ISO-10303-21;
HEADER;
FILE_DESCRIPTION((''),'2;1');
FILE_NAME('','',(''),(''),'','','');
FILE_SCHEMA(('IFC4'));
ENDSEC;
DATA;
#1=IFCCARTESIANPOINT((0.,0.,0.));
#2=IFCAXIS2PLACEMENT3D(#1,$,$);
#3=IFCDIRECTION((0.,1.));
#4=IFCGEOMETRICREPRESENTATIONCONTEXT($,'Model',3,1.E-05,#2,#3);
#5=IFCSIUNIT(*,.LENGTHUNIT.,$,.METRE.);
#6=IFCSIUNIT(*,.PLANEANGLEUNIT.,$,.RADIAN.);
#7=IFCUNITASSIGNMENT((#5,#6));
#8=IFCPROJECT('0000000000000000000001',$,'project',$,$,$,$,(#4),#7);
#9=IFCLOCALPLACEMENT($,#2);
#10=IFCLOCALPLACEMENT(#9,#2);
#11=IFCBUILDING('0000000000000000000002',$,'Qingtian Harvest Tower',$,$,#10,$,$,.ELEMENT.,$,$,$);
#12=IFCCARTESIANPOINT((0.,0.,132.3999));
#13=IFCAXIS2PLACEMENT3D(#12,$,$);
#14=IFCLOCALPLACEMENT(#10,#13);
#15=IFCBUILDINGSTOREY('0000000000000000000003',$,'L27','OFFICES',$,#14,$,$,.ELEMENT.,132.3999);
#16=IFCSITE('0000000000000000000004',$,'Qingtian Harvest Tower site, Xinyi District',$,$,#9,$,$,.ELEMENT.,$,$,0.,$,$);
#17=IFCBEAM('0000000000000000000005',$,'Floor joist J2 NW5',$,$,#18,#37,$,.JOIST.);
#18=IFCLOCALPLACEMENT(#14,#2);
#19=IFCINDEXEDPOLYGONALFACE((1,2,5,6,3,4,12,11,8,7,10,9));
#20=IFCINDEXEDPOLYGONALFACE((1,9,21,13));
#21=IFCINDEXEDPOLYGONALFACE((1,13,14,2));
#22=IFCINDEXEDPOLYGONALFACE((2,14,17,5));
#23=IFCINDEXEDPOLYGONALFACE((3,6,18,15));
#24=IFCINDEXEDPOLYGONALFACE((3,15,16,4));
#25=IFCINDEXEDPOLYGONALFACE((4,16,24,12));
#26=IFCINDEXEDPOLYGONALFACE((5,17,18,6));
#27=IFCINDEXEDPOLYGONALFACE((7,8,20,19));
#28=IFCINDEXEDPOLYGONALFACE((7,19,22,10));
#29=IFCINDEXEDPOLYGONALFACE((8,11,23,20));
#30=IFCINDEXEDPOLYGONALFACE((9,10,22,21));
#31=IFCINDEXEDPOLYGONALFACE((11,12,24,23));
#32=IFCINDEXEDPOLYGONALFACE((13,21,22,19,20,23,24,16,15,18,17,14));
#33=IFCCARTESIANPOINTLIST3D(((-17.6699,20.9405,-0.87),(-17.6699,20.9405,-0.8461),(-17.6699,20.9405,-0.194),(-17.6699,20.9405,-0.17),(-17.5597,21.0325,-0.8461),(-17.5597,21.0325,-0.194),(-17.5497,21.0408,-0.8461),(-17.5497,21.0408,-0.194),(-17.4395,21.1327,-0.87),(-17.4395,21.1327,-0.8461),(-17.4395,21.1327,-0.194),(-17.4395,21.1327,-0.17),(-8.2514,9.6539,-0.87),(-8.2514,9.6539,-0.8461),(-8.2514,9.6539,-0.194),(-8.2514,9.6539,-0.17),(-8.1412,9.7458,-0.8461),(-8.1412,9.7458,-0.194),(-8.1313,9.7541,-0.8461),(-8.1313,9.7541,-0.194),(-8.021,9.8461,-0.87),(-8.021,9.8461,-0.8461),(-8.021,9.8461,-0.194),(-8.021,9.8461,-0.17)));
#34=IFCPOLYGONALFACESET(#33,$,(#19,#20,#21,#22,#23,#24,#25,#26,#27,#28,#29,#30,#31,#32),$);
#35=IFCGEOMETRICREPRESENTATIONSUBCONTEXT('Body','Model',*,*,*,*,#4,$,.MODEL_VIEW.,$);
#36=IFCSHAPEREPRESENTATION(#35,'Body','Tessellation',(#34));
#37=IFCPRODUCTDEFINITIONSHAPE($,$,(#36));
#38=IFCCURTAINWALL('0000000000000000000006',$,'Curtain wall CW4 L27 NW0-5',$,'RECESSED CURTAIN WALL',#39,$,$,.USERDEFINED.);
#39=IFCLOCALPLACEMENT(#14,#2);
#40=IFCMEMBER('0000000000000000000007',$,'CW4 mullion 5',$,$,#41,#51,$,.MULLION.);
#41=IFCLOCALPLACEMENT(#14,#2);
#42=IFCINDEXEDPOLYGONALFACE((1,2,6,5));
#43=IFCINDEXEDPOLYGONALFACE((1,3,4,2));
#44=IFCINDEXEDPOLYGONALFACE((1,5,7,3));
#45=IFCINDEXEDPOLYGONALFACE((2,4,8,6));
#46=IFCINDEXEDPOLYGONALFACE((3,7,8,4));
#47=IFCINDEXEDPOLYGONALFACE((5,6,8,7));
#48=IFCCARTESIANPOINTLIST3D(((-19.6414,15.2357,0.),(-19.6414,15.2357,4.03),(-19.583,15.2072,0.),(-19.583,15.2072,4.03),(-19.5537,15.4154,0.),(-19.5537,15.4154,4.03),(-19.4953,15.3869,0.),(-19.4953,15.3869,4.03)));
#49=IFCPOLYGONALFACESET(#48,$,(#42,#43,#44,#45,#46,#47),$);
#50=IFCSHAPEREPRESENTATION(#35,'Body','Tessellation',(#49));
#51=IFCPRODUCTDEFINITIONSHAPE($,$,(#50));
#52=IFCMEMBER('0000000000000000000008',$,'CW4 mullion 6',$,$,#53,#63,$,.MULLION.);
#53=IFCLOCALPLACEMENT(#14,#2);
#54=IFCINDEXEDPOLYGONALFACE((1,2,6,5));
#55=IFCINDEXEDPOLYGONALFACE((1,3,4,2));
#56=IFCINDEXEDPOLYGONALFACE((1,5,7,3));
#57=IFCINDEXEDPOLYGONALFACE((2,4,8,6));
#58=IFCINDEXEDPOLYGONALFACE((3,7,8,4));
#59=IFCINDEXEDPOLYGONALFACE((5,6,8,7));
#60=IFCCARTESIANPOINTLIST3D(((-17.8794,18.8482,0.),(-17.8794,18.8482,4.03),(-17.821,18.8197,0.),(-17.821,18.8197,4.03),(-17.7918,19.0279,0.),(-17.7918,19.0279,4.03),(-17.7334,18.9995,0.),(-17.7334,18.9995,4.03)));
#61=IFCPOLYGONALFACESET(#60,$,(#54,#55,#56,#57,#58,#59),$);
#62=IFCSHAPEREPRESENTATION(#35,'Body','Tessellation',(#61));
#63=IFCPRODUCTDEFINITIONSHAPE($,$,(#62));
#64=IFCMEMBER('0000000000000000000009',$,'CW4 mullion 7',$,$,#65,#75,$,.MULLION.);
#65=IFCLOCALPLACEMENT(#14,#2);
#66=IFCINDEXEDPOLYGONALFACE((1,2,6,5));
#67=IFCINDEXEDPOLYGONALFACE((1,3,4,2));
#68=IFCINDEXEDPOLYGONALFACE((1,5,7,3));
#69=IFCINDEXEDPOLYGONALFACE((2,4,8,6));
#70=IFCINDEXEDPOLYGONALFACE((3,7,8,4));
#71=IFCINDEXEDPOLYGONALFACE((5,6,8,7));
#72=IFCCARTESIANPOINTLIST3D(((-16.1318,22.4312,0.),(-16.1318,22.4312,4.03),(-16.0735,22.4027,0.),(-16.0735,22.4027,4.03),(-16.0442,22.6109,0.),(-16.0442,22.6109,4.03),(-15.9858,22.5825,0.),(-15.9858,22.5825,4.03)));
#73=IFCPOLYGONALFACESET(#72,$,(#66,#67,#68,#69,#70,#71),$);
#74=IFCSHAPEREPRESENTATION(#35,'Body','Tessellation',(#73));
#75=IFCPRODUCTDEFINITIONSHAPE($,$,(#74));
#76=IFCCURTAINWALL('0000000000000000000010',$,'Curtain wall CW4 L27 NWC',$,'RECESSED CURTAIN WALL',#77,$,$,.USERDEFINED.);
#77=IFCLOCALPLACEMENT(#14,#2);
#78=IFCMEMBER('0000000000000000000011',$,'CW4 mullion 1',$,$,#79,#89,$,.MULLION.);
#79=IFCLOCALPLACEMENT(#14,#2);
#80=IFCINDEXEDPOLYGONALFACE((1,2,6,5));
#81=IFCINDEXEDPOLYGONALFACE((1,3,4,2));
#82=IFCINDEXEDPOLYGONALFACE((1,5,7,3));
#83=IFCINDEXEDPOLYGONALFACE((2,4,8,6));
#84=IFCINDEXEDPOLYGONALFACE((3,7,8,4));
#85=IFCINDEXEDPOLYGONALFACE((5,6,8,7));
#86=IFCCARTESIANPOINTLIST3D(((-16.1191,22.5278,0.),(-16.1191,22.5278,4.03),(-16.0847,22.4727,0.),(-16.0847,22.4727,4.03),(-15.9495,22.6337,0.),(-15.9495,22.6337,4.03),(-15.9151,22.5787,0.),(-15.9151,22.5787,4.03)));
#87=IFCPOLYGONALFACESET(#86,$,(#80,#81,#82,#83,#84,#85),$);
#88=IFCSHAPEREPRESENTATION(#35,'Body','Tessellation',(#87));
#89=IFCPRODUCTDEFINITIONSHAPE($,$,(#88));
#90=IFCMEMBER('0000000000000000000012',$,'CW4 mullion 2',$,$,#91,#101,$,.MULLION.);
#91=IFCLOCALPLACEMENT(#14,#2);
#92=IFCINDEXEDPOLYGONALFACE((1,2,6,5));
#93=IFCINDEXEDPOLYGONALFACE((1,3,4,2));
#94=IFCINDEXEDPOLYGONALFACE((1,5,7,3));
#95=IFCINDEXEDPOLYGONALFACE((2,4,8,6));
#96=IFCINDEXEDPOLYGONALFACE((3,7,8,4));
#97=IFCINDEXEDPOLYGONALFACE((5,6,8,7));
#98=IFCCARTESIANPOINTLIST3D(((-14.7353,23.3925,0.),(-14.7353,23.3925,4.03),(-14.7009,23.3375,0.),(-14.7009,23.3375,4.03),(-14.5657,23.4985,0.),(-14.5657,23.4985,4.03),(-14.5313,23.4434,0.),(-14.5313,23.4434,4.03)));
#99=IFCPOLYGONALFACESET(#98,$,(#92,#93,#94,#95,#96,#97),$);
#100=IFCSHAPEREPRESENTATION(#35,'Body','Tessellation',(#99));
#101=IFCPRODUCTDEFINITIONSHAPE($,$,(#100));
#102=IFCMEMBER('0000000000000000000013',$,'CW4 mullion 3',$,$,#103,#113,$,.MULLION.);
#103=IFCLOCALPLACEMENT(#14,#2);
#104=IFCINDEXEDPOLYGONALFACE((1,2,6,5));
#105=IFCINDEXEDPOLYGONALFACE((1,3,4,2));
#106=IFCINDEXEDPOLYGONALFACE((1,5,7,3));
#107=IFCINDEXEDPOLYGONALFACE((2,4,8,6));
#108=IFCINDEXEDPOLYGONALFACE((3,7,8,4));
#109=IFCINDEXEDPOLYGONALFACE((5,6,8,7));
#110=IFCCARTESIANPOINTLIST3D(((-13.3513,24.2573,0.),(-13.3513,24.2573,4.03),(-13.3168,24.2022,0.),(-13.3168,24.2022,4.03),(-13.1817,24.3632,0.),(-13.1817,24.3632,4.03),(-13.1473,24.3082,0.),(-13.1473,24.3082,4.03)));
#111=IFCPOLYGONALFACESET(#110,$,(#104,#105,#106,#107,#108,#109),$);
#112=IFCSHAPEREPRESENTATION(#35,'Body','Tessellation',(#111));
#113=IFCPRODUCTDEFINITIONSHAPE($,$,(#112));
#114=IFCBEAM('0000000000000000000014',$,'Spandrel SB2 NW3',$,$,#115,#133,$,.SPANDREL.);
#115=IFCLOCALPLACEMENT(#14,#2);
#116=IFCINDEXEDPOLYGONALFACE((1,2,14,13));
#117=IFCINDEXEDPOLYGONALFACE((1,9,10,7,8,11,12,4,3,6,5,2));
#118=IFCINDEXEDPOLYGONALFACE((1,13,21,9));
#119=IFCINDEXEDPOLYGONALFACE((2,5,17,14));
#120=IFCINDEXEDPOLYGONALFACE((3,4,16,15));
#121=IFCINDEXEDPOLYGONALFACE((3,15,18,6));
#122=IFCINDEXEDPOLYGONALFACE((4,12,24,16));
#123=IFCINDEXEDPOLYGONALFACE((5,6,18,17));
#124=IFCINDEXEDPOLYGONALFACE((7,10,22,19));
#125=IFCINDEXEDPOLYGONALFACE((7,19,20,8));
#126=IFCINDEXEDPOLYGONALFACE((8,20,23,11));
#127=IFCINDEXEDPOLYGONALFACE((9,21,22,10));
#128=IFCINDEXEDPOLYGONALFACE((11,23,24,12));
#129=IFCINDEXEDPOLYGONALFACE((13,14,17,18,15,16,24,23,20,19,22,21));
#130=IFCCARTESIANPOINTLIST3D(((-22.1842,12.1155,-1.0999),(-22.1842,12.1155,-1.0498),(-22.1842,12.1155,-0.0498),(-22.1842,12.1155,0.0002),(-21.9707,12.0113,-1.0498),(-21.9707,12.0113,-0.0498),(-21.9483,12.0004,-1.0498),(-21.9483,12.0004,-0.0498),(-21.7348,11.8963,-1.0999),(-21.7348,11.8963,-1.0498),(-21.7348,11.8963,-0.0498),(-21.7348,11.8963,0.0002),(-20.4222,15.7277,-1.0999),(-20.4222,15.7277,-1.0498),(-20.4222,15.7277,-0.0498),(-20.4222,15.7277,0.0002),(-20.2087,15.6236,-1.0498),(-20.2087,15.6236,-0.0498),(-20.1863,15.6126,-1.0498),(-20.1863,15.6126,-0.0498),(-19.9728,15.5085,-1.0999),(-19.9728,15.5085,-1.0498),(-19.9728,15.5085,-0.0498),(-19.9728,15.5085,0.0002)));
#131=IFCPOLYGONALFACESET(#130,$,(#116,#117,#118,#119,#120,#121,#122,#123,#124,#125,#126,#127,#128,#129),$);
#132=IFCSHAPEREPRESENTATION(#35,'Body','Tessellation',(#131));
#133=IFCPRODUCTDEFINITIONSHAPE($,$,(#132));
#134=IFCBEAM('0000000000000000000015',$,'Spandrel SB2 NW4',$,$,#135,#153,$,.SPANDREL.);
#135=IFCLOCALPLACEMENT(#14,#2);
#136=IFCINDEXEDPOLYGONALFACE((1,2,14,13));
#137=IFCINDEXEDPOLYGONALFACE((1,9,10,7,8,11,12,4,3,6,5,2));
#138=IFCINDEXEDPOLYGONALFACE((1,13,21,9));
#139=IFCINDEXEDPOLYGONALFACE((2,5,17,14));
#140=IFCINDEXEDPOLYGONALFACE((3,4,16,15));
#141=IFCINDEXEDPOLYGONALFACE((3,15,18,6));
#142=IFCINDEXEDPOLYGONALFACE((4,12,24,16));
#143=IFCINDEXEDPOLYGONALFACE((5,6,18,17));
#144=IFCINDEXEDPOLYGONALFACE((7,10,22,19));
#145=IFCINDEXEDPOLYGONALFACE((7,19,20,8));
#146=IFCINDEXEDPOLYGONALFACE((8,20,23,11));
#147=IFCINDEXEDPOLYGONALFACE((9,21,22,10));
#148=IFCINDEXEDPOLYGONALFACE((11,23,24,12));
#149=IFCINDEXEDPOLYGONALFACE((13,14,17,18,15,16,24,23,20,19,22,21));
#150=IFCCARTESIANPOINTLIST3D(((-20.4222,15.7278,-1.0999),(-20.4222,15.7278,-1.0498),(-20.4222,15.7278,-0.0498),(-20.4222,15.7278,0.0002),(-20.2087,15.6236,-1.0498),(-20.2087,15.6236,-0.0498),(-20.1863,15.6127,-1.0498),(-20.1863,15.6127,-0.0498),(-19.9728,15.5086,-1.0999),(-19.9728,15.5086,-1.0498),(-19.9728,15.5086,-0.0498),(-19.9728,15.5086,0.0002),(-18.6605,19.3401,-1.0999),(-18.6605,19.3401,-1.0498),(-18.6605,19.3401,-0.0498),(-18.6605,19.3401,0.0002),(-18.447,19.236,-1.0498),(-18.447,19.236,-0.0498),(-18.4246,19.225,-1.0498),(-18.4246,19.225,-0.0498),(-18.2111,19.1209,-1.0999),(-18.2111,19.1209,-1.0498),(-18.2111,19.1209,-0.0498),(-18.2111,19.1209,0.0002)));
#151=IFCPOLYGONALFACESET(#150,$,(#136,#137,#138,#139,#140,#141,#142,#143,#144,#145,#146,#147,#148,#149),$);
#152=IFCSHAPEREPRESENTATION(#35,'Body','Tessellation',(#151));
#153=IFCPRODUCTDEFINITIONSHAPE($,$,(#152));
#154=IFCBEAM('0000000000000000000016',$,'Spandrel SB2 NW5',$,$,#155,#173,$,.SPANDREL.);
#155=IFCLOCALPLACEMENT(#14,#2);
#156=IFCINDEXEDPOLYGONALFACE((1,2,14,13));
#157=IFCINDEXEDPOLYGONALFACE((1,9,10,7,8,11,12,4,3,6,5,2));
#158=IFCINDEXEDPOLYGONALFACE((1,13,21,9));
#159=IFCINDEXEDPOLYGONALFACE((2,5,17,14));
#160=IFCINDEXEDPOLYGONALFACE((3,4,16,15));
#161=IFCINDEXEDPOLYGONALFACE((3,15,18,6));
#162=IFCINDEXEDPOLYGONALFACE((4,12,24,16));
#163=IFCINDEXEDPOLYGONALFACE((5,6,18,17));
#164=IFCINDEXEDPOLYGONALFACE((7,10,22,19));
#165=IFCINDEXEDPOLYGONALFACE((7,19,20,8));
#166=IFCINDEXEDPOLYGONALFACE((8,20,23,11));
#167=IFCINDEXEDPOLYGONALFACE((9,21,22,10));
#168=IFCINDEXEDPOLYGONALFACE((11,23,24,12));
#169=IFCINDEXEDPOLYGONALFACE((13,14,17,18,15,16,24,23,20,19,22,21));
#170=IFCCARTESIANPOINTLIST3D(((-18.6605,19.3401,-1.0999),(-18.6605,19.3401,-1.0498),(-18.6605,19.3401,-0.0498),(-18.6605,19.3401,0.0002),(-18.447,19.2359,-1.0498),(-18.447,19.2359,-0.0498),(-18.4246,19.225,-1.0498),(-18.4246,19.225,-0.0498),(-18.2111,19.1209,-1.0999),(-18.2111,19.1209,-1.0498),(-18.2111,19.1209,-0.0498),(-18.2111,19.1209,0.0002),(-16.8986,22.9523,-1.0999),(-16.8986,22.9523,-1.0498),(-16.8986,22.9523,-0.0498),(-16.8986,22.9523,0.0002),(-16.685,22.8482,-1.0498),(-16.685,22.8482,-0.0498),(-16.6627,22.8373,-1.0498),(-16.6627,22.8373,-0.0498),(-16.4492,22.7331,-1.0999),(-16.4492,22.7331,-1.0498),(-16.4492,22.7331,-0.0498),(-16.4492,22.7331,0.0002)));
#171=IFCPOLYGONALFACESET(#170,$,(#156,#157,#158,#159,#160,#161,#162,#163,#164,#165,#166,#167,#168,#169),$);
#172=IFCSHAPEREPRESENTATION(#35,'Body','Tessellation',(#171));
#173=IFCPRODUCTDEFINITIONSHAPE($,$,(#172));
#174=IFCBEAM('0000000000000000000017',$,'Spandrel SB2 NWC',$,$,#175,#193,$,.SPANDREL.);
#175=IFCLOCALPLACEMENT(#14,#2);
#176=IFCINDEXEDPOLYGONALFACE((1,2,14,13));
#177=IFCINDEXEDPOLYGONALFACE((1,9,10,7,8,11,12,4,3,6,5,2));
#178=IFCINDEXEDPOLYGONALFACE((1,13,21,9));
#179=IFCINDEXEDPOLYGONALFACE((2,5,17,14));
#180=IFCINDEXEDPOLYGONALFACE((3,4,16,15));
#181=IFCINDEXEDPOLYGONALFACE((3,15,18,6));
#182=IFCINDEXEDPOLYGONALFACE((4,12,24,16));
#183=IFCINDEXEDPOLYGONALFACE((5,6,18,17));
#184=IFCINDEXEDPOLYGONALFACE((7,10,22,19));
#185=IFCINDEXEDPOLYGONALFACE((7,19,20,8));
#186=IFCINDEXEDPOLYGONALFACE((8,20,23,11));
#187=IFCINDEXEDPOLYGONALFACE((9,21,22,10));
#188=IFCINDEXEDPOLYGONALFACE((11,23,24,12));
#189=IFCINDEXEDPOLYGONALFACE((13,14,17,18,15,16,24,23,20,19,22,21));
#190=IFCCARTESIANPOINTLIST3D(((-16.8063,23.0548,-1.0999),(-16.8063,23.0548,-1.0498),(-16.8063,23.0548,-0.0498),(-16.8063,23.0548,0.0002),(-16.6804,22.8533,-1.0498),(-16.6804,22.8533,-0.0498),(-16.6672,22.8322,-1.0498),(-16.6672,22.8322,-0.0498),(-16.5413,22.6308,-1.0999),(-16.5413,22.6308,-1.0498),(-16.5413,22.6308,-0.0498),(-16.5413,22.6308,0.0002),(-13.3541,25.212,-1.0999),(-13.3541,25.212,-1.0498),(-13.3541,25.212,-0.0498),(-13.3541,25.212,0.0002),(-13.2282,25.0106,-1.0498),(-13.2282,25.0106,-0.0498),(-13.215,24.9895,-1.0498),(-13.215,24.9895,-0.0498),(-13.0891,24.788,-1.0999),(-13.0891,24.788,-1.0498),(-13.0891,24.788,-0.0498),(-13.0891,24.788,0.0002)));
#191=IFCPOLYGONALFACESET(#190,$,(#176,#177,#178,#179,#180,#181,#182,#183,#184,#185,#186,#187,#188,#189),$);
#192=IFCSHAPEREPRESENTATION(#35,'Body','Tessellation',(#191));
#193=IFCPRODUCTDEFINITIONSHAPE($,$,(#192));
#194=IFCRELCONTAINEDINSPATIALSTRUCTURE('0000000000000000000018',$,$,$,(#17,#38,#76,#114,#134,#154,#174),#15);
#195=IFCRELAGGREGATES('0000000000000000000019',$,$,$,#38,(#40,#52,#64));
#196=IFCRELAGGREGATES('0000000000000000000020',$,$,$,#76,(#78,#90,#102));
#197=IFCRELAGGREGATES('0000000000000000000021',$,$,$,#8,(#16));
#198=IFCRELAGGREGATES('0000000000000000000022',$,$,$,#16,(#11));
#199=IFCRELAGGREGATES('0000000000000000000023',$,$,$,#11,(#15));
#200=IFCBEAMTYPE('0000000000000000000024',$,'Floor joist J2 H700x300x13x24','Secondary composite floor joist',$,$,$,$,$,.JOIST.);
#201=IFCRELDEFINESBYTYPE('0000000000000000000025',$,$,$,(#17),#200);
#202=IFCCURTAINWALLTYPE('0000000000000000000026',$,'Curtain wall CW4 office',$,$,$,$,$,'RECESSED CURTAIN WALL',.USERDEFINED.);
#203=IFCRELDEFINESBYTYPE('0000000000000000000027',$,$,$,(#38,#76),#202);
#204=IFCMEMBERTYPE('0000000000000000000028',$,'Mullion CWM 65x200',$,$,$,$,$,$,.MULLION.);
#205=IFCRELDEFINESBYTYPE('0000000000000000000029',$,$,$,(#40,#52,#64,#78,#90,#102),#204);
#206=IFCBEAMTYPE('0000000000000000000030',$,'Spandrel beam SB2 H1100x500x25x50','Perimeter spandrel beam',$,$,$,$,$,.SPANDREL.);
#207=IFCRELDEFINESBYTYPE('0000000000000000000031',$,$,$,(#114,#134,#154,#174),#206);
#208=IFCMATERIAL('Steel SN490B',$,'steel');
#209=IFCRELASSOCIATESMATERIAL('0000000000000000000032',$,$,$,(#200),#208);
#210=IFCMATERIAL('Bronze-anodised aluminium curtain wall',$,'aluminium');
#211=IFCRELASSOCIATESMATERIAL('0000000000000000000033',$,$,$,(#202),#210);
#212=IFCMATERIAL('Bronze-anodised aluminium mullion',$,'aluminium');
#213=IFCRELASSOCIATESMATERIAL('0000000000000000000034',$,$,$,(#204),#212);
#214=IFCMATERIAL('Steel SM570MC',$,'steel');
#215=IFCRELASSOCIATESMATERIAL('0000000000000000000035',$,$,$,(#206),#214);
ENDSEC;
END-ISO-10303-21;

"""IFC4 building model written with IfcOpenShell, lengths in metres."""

from ifc_helpers import new_model, si_unit, direction, frame, origin, origin_2d, place, context, subcontext, project, spatial, rectangle, i_section, extrude, material, material_profile, profile_set, type_object, element, aggregate, save


model = new_model("IFC4")

# Units and contexts
model_context = context("Model", 3, precision=1e-05, world=origin(), true_north=direction((0.0, 1.0)))
body_context = subcontext(model_context, "Body", "Model", "MODEL_VIEW")
ifc_project = project(units=[si_unit("LENGTHUNIT", "METRE"), si_unit("PLANEANGLEUNIT", "RADIAN")], contexts=[model_context])

# Site, building, storey
site_placement = place(None, origin())
site = spatial("IfcSite", under=ifc_project, at=site_placement, Name="Qingtian Harvest Tower site, Xinyi District", CompositionType="ELEMENT", RefElevation=0.0)
building_placement = place(site_placement, origin())
building = spatial("IfcBuilding", under=site, at=building_placement, Name="Qingtian Harvest Tower", CompositionType="ELEMENT")
storey_placement = place(building_placement, frame((0.0, 0.0, 132.3999)))
storey = spatial("IfcBuildingStorey", under=building, at=storey_placement, Name="L27", Description="OFFICES", CompositionType="ELEMENT", Elevation=132.3999)

# Beam
ifc_material_1 = material(Name="Steel SN490B", Category="steel")
ifc_material_profile_1 = material_profile(ifc_material_1, i_section(OverallWidth=0.3, OverallDepth=0.7, WebThickness=0.0129, FlangeThickness=0.0239, at=origin_2d()), Name="H700x300x13x24")
ifc_profile_set_1 = profile_set([ifc_material_profile_1], Name="Steel SN490B")
beam_type_1 = type_object("IfcBeamType", Name="Floor joist J2 H700x300x13x24", Description="Secondary composite floor joist", PredefinedType="JOIST", material=ifc_profile_set_1)
beam_1_placement = place(storey_placement, frame((-17.5547, 21.0366, -0.52), z_axis=(0.640704, -0.767788, 0.0), x_axis=(0.767788, 0.640704, 0.0)))
element("IfcBeam", 1, at=beam_1_placement, inside=storey, type_object=beam_type_1, Name="Floor joist J2 NW5", PredefinedType="JOIST", context=body_context, shape_type="SweptSolid", body=[
    extrude(i_section(OverallWidth=0.3, OverallDepth=0.7, WebThickness=0.0129, FlangeThickness=0.0239, at=origin_2d()), origin(), (0.0, 0.0, 1.0), 14.7002),
])

# Curtain walls, members
ifc_material_2 = material(Name="Bronze-anodised aluminium curtain wall", Category="aluminium")
curtain_wall_type = type_object("IfcCurtainWallType", Name="Curtain wall CW4 office", ElementType="RECESSED CURTAIN WALL", PredefinedType="USERDEFINED", material=ifc_material_2)
curtain_wall_1_placement = place(storey_placement, origin())
curtain_wall_1 = element("IfcCurtainWall", 2, at=curtain_wall_1_placement, inside=storey, type_object=curtain_wall_type, Name="Curtain wall CW4 L27 NW0-5", ObjectType="RECESSED CURTAIN WALL", PredefinedType="USERDEFINED")
ifc_material_3 = material(Name="Bronze-anodised aluminium mullion", Category="aluminium")
ifc_material_profile_2 = material_profile(ifc_material_3, rectangle(XDim=0.0649, YDim=0.2, at=origin_2d()), Name="AL 65x200")
ifc_profile_set_2 = profile_set([ifc_material_profile_2], Name="Bronze-anodised aluminium mullion")
member_type_1 = type_object("IfcMemberType", Name="Mullion CWM 65x200", PredefinedType="MULLION", material=ifc_profile_set_2)
member_1_placement = place(storey_placement, frame((-19.5684, 15.3113, 0.0), z_axis=(0.0, 0.0, 1.0), x_axis=(-0.898794, 0.438371, 0.0)))
member_1 = element("IfcMember", 3, at=member_1_placement, type_object=member_type_1, Name="CW4 mullion 5", PredefinedType="MULLION", context=body_context, shape_type="SweptSolid", body=[
    extrude(rectangle(XDim=0.0649, YDim=0.2, at=origin_2d()), origin(), (0.0, 0.0, 1.0), 4.03),
])
member_2_placement = place(storey_placement, frame((-17.8064, 18.9238, 0.0), z_axis=(0.0, 0.0, 1.0), x_axis=(-0.898794, 0.438371, 0.0)))
member_2 = element("IfcMember", 4, at=member_2_placement, type_object=member_type_1, Name="CW4 mullion 6", PredefinedType="MULLION", context=body_context, shape_type="SweptSolid", body=[
    extrude(rectangle(XDim=0.0649, YDim=0.2, at=origin_2d()), origin(), (0.0, 0.0, 1.0), 4.03),
])
member_3_placement = place(storey_placement, frame((-16.0588, 22.5068, 0.0), z_axis=(0.0, 0.0, 1.0), x_axis=(-0.898794, 0.438371, 0.0)))
member_3 = element("IfcMember", 5, at=member_3_placement, type_object=member_type_1, Name="CW4 mullion 7", PredefinedType="MULLION", context=body_context, shape_type="SweptSolid", body=[
    extrude(rectangle(XDim=0.0649, YDim=0.2, at=origin_2d()), origin(), (0.0, 0.0, 1.0), 4.03),
])
curtain_wall_2_placement = place(storey_placement, origin())
curtain_wall_2 = element("IfcCurtainWall", 6, at=curtain_wall_2_placement, inside=storey, type_object=curtain_wall_type, Name="Curtain wall CW4 L27 NWC", ObjectType="RECESSED CURTAIN WALL", PredefinedType="USERDEFINED")
member_4_placement = place(storey_placement, frame((-16.0171, 22.5532, 0.0), z_axis=(0.0, 0.0, 1.0), x_axis=(-0.529919, 0.848048, 0.0)))
member_4 = element("IfcMember", 7, at=member_4_placement, type_object=member_type_1, Name="CW4 mullion 1", PredefinedType="MULLION", context=body_context, shape_type="SweptSolid", body=[
    extrude(rectangle(XDim=0.0649, YDim=0.2, at=origin_2d()), origin(), (0.0, 0.0, 1.0), 4.03),
])
member_5_placement = place(storey_placement, frame((-14.6333, 23.418, 0.0), z_axis=(0.0, 0.0, 1.0), x_axis=(-0.529919, 0.848048, 0.0)))
member_5 = element("IfcMember", 8, at=member_5_placement, type_object=member_type_1, Name="CW4 mullion 2", PredefinedType="MULLION", context=body_context, shape_type="SweptSolid", body=[
    extrude(rectangle(XDim=0.0649, YDim=0.2, at=origin_2d()), origin(), (0.0, 0.0, 1.0), 4.03),
])
member_6_placement = place(storey_placement, frame((-13.2493, 24.2827, 0.0), z_axis=(0.0, 0.0, 1.0), x_axis=(-0.529919, 0.848048, 0.0)))
member_6 = element("IfcMember", 9, at=member_6_placement, type_object=member_type_1, Name="CW4 mullion 3", PredefinedType="MULLION", context=body_context, shape_type="SweptSolid", body=[
    extrude(rectangle(XDim=0.0649, YDim=0.2, at=origin_2d()), origin(), (0.0, 0.0, 1.0), 4.03),
])

# Beams
ifc_material_4 = material(Name="Steel SM570MC", Category="steel")
ifc_material_profile_3 = material_profile(ifc_material_4, i_section(OverallWidth=0.5, OverallDepth=1.1001, WebThickness=0.0249, FlangeThickness=0.05, at=origin_2d()), Name="H1100x500x25x50")
ifc_profile_set_3 = profile_set([ifc_material_profile_3], Name="Steel SM570MC")
beam_type_2 = type_object("IfcBeamType", Name="Spandrel beam SB2 H1100x500x25x50", Description="Perimeter spandrel beam", PredefinedType="SPANDREL", material=ifc_profile_set_3)
for number, where, z_axis, x_axis, name in (
    (10, (-21.9595, 12.0059, -0.5498), (0.438396, 0.898782, 0.0), (-0.898782, 0.438396, 0.0), "Spandrel SB2 NW3"),
    (11, (-20.1975, 15.6182, -0.5498), (0.438347, 0.898806, 0.0), (-0.898806, 0.438347, 0.0), "Spandrel SB2 NW4"),
    (12, (-18.4358, 19.2305, -0.5498), (0.438396, 0.898782, 0.0), (-0.898782, 0.438396, 0.0), "Spandrel SB2 NW5"),
):
    element("IfcBeam", number, at=place(storey_placement, frame(where, z_axis=z_axis, x_axis=x_axis)), inside=storey, type_object=beam_type_2, Name=name, PredefinedType="SPANDREL", context=body_context, shape_type="SweptSolid", body=[
        extrude(i_section(OverallWidth=0.5, OverallDepth=1.1001, WebThickness=0.0249, FlangeThickness=0.05, at=origin_2d()), origin(), (0.0, 0.0, 1.0), 4.019),
    ])
beam_2_placement = place(storey_placement, frame((-16.6738, 22.8428, -0.5498), z_axis=(0.848039, 0.529934, 0.0), x_axis=(-0.529934, 0.848039, 0.0)))
element("IfcBeam", 13, at=beam_2_placement, inside=storey, type_object=beam_type_2, Name="Spandrel SB2 NWC", PredefinedType="SPANDREL", context=body_context, shape_type="SweptSolid", body=[
    extrude(i_section(OverallWidth=0.5, OverallDepth=1.1001, WebThickness=0.0249, FlangeThickness=0.05, at=origin_2d()), origin(), (0.0, 0.0, 1.0), 4.0708),
])

aggregate(curtain_wall_1, [member_1, member_2, member_3])
aggregate(curtain_wall_2, [member_4, member_5, member_6])

save(model, "model.ifc")
